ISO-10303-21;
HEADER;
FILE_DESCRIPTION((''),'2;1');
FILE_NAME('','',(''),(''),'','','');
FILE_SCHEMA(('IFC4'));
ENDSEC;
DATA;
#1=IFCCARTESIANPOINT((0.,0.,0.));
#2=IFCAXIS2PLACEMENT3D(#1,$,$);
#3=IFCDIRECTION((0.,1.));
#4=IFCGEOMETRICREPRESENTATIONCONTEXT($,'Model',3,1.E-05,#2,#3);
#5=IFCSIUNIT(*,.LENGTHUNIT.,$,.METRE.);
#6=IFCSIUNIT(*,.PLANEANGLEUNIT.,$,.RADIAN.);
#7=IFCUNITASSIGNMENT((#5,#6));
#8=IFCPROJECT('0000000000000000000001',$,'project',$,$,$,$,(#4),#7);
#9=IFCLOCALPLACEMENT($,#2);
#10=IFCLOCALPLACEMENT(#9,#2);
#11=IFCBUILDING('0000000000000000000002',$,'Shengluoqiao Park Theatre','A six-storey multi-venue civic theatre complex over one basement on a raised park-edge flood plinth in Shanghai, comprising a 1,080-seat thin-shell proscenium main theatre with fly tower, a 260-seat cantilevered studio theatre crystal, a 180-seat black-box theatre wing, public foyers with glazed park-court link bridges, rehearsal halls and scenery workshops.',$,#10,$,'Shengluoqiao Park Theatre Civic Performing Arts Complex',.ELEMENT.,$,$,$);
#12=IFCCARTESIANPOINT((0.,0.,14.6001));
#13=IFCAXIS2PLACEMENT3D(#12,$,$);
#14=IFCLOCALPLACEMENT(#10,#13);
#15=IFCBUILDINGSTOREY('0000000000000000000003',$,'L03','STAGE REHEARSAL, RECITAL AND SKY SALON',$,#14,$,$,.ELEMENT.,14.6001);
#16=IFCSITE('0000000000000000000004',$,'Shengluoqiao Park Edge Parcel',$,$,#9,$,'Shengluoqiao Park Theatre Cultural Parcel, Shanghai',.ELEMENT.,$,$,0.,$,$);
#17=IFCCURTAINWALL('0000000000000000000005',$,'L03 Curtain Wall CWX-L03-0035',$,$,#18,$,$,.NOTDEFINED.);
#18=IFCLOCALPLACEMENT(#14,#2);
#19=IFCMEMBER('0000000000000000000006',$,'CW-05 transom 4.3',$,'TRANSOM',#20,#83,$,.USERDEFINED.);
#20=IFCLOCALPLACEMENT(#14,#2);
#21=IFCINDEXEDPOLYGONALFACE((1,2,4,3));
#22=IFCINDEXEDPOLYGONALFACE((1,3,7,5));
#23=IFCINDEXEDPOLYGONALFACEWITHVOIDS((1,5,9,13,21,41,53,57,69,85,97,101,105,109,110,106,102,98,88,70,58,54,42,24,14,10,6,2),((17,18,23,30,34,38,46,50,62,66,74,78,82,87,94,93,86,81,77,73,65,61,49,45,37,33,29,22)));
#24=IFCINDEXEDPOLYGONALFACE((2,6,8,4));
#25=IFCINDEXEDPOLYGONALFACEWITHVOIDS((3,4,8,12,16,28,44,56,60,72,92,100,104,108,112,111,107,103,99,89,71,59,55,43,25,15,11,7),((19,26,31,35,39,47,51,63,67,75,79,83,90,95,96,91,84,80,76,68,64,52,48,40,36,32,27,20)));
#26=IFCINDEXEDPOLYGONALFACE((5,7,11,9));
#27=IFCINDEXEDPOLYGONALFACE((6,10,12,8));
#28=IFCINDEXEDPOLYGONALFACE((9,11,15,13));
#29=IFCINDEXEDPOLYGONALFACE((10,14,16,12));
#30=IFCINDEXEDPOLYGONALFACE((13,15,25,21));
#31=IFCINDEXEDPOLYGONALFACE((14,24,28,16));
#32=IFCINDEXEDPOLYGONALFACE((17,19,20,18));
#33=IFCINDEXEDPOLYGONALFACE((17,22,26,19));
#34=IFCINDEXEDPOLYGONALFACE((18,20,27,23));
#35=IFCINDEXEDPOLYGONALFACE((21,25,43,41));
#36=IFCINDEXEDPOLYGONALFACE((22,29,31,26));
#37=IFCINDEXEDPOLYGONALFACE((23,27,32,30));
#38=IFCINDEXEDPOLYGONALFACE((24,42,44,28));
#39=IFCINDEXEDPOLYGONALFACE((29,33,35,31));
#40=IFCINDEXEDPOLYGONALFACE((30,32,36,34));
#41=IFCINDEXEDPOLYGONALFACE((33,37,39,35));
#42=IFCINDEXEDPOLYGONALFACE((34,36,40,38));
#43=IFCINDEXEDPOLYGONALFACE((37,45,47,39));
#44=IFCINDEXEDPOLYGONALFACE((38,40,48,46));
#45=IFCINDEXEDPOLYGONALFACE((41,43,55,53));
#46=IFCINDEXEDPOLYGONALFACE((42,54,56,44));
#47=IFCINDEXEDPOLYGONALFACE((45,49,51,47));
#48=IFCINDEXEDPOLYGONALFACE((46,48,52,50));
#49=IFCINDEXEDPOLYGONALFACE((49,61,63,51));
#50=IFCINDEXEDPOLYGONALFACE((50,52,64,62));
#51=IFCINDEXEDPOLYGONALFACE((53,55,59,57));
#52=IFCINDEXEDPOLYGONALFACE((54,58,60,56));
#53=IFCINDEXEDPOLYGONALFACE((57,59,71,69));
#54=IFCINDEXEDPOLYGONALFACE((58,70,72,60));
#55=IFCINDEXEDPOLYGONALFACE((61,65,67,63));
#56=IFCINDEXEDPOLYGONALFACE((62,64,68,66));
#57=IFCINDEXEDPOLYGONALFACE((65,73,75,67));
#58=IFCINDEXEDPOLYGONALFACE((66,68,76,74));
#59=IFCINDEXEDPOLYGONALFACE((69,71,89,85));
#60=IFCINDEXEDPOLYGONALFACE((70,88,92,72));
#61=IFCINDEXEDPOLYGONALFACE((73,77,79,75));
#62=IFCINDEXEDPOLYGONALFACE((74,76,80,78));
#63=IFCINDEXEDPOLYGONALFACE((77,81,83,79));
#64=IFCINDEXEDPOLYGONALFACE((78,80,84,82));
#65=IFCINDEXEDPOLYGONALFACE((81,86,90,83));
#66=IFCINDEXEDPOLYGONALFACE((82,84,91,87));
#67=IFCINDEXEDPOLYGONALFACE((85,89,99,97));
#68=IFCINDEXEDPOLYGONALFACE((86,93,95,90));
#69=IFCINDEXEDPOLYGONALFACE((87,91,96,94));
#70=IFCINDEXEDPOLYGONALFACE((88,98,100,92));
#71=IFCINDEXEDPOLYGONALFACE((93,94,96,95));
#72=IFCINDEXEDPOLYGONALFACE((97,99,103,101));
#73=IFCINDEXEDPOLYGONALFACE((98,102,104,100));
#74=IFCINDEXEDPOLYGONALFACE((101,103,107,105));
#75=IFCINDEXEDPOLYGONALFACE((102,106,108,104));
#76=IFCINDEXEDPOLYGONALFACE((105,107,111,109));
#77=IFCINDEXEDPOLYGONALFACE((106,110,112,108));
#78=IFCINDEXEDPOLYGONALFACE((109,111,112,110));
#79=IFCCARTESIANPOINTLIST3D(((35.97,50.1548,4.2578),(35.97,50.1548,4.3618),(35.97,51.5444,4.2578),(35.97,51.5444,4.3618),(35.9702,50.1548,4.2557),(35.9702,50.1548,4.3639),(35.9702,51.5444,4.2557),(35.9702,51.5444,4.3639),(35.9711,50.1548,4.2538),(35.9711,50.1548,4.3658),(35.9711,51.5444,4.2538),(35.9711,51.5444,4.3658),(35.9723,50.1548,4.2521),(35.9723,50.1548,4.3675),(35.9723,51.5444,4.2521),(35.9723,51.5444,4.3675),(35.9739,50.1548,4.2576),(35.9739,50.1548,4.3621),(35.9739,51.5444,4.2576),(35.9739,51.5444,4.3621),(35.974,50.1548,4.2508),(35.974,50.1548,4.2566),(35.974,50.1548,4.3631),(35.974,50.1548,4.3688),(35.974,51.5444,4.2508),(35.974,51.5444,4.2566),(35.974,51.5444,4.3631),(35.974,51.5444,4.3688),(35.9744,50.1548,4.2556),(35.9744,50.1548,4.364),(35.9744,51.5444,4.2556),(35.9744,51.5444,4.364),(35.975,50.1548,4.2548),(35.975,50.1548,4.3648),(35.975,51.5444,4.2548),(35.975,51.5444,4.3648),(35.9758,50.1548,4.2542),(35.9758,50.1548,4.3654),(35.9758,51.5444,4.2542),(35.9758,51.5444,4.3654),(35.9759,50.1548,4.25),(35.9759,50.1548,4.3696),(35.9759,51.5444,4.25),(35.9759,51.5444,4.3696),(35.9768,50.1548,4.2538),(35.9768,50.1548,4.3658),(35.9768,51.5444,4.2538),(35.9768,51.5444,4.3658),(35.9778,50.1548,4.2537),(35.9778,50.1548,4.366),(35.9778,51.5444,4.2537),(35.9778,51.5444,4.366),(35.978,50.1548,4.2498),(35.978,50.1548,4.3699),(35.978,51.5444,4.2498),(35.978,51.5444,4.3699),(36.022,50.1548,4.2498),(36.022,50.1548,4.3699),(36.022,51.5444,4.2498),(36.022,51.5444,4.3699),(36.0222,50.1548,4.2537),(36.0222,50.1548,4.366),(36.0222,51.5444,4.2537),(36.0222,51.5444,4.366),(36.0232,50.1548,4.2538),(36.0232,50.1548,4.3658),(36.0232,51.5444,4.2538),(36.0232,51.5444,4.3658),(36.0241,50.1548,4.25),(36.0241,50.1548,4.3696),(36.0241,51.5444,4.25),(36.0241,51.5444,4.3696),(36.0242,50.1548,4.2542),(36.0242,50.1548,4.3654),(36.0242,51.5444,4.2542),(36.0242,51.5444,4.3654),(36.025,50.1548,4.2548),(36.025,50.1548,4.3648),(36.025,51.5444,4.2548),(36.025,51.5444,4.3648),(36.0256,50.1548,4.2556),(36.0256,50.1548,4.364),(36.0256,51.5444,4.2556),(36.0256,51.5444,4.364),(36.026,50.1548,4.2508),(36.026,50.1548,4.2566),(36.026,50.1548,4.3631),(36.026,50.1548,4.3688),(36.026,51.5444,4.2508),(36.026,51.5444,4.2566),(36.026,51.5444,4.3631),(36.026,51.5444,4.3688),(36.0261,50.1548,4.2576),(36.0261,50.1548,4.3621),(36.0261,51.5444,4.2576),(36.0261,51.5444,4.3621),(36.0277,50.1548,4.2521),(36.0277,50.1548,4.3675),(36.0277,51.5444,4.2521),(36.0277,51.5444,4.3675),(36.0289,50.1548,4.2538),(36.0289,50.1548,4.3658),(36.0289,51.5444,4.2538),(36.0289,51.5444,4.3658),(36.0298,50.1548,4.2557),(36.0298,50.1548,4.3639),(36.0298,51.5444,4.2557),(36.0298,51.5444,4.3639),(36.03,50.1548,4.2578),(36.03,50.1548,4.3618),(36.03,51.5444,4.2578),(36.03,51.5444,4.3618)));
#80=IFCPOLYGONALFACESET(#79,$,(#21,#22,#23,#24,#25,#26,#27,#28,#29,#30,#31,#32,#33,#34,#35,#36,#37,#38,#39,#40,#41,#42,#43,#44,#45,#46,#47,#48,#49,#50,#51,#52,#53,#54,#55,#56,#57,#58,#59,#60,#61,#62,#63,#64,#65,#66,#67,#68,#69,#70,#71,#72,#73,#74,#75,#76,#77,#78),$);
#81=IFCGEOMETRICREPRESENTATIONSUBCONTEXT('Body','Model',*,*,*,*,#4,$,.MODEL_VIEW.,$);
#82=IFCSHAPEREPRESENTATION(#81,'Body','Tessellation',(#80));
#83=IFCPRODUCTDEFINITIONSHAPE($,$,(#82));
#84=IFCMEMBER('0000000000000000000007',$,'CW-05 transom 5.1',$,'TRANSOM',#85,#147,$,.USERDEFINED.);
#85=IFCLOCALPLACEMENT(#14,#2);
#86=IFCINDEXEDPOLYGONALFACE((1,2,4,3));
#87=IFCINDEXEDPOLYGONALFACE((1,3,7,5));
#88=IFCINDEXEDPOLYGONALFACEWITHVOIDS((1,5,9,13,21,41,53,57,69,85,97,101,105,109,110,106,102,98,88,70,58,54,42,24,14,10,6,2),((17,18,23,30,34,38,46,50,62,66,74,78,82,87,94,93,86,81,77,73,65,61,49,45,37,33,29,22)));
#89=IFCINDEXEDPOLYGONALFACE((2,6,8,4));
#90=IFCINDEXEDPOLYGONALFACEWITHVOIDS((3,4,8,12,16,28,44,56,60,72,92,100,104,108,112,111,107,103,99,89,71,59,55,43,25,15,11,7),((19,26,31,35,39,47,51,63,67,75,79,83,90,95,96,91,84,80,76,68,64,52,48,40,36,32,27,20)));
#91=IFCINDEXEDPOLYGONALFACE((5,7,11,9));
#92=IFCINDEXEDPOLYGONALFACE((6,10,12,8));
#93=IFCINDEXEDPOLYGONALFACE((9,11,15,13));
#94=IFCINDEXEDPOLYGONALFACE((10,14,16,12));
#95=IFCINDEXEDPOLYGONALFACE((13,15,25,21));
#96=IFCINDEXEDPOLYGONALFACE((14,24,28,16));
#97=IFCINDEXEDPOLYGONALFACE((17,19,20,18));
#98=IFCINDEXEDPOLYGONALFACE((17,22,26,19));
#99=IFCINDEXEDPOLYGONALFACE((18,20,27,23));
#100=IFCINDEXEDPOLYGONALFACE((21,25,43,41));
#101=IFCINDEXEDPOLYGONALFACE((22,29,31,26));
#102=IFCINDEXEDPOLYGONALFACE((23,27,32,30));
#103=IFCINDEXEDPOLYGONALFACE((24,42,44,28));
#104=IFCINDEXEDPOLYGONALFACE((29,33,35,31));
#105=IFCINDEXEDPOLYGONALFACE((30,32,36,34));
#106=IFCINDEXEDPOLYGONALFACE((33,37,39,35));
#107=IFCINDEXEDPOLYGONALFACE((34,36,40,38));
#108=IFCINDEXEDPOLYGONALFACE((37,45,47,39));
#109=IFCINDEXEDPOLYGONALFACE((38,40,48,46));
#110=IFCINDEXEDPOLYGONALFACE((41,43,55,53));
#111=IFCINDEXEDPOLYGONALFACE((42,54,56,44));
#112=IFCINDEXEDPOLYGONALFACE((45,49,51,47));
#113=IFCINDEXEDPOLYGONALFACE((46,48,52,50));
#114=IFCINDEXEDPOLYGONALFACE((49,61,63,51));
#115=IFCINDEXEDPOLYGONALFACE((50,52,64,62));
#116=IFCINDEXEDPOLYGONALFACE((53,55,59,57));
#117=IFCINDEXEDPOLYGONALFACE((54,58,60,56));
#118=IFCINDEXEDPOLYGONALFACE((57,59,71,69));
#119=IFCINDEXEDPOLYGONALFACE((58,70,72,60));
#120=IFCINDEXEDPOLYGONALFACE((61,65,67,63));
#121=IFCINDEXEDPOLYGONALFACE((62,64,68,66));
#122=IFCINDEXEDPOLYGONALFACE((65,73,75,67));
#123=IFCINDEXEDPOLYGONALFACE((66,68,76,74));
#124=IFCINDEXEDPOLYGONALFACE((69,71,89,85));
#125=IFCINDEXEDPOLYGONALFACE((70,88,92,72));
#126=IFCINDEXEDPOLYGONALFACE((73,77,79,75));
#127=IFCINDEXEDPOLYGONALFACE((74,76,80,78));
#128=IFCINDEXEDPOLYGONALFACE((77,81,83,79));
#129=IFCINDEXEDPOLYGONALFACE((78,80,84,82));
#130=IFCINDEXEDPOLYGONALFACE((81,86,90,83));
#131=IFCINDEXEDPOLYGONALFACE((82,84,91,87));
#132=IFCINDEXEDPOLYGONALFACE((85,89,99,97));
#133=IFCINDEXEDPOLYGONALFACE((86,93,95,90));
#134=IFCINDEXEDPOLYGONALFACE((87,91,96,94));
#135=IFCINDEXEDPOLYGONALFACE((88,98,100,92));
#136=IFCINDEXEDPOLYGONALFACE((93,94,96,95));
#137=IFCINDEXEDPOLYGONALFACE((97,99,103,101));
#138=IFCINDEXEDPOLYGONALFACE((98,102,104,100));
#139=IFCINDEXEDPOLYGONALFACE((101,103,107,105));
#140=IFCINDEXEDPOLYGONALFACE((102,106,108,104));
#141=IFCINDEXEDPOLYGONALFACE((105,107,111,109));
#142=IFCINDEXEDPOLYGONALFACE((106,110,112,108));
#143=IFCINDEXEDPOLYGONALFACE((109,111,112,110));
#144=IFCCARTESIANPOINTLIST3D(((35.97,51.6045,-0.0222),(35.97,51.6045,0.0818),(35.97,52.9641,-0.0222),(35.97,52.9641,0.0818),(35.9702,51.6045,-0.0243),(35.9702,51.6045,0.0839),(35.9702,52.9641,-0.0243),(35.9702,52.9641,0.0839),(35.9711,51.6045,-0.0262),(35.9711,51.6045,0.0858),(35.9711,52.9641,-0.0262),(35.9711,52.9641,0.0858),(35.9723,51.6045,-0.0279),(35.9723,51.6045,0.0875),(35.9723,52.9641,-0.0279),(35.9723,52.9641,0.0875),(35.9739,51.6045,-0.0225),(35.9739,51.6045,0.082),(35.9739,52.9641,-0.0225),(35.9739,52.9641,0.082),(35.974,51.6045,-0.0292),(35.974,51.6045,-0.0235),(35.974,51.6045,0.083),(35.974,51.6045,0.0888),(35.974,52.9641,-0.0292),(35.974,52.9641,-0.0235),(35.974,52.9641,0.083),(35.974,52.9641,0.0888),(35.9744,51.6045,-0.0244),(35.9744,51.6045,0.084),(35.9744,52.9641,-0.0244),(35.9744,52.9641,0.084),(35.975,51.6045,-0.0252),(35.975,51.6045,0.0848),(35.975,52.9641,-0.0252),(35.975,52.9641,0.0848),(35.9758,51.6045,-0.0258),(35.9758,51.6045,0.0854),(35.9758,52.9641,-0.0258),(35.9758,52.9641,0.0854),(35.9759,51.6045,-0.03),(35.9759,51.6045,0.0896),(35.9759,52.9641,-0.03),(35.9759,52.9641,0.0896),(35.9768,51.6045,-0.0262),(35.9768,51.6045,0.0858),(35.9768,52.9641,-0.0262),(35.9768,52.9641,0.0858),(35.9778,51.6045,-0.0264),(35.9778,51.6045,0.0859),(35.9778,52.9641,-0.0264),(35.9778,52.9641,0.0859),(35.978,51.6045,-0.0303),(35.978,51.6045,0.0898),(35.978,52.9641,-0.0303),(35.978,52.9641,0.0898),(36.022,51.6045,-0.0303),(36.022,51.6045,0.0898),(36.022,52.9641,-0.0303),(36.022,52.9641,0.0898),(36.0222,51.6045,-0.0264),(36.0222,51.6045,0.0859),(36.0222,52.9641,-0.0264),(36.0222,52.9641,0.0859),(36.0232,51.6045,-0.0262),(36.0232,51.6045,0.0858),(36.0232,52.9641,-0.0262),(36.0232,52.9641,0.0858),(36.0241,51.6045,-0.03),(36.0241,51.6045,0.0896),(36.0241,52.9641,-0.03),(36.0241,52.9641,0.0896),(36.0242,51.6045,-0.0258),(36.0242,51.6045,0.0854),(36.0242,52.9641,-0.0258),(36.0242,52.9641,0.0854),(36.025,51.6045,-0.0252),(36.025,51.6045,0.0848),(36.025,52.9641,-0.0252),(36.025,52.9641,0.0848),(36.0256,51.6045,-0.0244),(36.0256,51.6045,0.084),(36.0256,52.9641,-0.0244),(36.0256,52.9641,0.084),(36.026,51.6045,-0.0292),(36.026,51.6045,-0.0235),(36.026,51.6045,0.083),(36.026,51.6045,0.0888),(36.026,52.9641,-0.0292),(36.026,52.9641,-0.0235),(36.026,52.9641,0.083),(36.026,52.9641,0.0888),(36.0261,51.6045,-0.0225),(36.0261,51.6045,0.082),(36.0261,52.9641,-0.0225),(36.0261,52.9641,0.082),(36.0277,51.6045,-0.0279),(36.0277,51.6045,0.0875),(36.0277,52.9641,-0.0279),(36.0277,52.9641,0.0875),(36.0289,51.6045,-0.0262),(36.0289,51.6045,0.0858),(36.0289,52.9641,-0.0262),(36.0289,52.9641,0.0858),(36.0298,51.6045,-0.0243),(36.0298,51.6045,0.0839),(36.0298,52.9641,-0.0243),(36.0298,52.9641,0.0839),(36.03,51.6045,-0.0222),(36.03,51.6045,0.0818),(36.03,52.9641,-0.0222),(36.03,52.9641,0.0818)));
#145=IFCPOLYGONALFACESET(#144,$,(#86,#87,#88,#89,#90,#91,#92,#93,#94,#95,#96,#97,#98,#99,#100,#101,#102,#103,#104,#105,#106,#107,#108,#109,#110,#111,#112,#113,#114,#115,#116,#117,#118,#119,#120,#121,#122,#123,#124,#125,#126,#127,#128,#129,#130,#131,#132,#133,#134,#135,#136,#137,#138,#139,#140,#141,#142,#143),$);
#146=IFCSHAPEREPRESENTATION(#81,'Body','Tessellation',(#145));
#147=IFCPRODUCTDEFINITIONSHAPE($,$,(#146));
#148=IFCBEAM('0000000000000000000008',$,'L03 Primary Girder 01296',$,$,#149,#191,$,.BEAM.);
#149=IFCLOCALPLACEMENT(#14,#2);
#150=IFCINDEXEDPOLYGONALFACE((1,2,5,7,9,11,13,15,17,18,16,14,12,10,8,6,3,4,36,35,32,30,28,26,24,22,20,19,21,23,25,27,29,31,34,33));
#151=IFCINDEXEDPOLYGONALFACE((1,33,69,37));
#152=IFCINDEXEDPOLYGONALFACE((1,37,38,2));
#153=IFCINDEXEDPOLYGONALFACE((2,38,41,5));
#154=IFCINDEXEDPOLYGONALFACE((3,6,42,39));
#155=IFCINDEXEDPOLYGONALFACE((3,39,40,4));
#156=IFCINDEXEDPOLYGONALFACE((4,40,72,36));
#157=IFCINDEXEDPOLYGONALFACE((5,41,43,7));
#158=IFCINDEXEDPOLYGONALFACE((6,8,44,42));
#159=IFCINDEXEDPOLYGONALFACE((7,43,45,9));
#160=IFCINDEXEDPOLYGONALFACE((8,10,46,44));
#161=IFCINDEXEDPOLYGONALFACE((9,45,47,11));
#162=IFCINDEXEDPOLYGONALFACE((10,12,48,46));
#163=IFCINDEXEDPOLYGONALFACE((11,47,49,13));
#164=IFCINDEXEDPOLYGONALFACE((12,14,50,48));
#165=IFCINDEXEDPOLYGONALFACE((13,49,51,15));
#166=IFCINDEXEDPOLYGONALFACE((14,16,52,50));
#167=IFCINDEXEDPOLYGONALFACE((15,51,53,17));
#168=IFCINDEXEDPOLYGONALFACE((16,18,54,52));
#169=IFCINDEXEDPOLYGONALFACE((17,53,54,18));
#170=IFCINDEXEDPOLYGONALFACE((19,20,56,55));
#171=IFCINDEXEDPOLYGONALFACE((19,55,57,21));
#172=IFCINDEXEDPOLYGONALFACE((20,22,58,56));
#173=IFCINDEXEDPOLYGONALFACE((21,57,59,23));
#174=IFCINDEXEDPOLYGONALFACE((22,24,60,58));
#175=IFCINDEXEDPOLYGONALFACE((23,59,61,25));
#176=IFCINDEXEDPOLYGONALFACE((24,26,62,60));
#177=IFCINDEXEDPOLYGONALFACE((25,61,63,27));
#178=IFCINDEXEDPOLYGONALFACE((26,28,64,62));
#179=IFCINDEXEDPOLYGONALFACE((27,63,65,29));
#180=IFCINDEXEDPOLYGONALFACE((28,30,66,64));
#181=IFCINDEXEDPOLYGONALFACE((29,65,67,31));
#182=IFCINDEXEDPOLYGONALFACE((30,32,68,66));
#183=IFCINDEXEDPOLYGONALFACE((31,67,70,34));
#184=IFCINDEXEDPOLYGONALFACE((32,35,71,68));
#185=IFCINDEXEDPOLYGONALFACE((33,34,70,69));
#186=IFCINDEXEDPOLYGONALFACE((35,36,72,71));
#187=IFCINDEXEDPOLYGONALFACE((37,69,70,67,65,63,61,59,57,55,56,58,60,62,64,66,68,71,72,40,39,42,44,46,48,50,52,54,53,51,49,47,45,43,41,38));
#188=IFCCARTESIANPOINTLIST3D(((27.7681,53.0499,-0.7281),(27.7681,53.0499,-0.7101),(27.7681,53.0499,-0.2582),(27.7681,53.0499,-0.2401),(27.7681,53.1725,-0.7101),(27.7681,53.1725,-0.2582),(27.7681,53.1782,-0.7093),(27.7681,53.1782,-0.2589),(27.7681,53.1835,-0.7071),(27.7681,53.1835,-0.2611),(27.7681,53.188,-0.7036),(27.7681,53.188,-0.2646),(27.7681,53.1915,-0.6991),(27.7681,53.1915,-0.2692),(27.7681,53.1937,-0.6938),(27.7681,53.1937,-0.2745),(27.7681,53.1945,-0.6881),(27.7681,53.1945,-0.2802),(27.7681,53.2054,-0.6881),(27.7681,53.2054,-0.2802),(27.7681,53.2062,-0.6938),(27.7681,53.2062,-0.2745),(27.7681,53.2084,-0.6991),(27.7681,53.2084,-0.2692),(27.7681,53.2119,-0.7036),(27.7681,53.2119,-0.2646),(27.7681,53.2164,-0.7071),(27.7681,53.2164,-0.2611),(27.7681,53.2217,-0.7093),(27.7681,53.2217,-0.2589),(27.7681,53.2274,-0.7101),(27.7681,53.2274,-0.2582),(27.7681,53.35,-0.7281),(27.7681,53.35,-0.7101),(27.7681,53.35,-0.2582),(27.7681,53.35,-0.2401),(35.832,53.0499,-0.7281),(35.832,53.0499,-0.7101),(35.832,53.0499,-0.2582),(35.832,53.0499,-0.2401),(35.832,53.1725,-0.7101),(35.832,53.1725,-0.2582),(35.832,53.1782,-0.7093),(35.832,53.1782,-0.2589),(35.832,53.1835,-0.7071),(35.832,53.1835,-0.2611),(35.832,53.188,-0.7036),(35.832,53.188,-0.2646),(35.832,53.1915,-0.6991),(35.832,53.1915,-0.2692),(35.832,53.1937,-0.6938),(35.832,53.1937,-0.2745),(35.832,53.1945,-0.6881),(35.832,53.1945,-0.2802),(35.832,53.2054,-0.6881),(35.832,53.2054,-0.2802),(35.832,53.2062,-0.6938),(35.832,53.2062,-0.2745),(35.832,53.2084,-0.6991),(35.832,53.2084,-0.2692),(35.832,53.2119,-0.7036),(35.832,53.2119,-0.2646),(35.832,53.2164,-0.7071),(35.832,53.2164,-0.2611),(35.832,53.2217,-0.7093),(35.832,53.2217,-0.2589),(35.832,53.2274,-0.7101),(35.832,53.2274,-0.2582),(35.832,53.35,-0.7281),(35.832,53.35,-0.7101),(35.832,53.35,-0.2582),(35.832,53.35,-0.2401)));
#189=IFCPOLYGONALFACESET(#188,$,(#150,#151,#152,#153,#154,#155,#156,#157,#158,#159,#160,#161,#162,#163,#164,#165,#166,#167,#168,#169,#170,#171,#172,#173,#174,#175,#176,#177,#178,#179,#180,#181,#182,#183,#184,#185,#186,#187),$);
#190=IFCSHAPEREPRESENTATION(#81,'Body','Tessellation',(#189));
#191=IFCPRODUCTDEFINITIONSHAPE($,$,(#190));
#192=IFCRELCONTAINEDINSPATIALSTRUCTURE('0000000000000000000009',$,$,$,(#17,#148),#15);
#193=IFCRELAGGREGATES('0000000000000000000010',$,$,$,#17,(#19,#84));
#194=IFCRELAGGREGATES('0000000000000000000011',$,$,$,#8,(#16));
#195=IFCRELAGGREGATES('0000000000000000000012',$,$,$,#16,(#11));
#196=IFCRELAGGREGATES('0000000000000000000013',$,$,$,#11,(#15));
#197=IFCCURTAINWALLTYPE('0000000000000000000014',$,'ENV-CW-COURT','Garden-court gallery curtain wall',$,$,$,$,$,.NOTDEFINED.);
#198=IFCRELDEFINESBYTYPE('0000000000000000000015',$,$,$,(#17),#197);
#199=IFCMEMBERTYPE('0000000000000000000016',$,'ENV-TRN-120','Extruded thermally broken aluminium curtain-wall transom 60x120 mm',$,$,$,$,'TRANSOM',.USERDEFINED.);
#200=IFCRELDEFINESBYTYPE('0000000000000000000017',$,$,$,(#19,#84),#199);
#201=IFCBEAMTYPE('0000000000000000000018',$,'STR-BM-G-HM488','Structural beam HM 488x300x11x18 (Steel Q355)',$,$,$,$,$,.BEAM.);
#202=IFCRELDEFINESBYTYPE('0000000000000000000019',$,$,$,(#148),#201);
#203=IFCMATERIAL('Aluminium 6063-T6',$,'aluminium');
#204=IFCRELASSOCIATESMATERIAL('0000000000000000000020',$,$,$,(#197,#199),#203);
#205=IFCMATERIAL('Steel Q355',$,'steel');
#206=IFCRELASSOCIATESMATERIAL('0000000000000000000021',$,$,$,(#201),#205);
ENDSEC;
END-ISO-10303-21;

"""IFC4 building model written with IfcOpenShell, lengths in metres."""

from ifc_helpers import new_model, si_unit, direction, frame, origin, origin_2d, place, context, subcontext, project, spatial, hollow_rectangle, i_section, extrude, material, material_profile, profile_set, type_object, element, aggregate, save


model = new_model("IFC4")

# Units and contexts
model_context = context("Model", 3, precision=1e-05, world=origin(), true_north=direction((0.0, 1.0)))
body_context = subcontext(model_context, "Body", "Model", "MODEL_VIEW")
ifc_project = project(units=[si_unit("LENGTHUNIT", "METRE"), si_unit("PLANEANGLEUNIT", "RADIAN")], contexts=[model_context])

# Site, building, storey
site_placement = place(None, origin())
site = spatial("IfcSite", under=ifc_project, at=site_placement, Name="Shengluoqiao Park Edge Parcel", LongName="Shengluoqiao Park Theatre Cultural Parcel, Shanghai", CompositionType="ELEMENT", RefElevation=0.0)
building_placement = place(site_placement, origin())
building = spatial("IfcBuilding", under=site, at=building_placement, Name="Shengluoqiao Park Theatre", Description="A six-storey multi-venue civic theatre complex over one basement on a raised park-edge flood plinth in Shanghai, comprising a 1,080-seat thin-shell proscenium main theatre with fly tower, a 260-seat cantilevered studio theatre crystal, a 180-seat black-box theatre wing, public foyers with glazed park-court link bridges, rehearsal halls and scenery workshops.", LongName="Shengluoqiao Park Theatre Civic Performing Arts Complex", CompositionType="ELEMENT")
storey_placement = place(building_placement, frame((0.0, 0.0, 14.6001)))
storey = spatial("IfcBuildingStorey", under=building, at=storey_placement, Name="L03", Description="STAGE REHEARSAL, RECITAL AND SKY SALON", CompositionType="ELEMENT", Elevation=14.6001)

# Curtain wall, members
ifc_material_1 = material(Name="Aluminium 6063-T6", Category="aluminium")
curtain_wall_type = type_object("IfcCurtainWallType", Name="ENV-CW-COURT", Description="Garden-court gallery curtain wall", PredefinedType="NOTDEFINED", material=ifc_material_1)
curtain_wall_placement = place(storey_placement, origin())
curtain_wall = element("IfcCurtainWall", 1, at=curtain_wall_placement, inside=storey, type_object=curtain_wall_type, Name="L03 Curtain Wall CWX-L03-0035", PredefinedType="NOTDEFINED")
ifc_material_profile_1 = material_profile(ifc_material_1, hollow_rectangle(XDim=0.0601, YDim=0.1201, WallThickness=0.0039, InnerFilletRadius=0.0039, OuterFilletRadius=0.0081, at=origin_2d()), Name="ALU TRANSOM 120x60x4")
ifc_profile_set_1 = profile_set([ifc_material_profile_1], Name="Aluminium 6063-T6")
member_type_1 = type_object("IfcMemberType", Name="ENV-TRN-120", Description="Extruded thermally broken aluminium curtain-wall transom 60x120 mm", ElementType="TRANSOM", PredefinedType="USERDEFINED", material=ifc_profile_set_1)
member_1_placement = place(storey_placement, frame((36.0, 50.1548, 4.3098), z_axis=(0.0, 1.0, 0.0), x_axis=(-1.0, 0.0, 0.0)))
member_1 = element("IfcMember", 2, at=member_1_placement, type_object=member_type_1, Name="CW-05 transom 4.3", ObjectType="TRANSOM", PredefinedType="USERDEFINED", context=body_context, shape_type="SweptSolid", body=[
    extrude(hollow_rectangle(XDim=0.0601, YDim=0.1201, WallThickness=0.0039, InnerFilletRadius=0.0039, OuterFilletRadius=0.0081, at=origin_2d()), origin(), (0.0, 0.0, 1.0), 1.3896),
])
member_2_placement = place(storey_placement, frame((36.0, 51.6045, 0.0298), z_axis=(0.0, 1.0, 0.0), x_axis=(-1.0, 0.0, 0.0)))
member_2 = element("IfcMember", 3, at=member_2_placement, type_object=member_type_1, Name="CW-05 transom 5.1", ObjectType="TRANSOM", PredefinedType="USERDEFINED", context=body_context, shape_type="SweptSolid", body=[
    extrude(hollow_rectangle(XDim=0.0601, YDim=0.1201, WallThickness=0.0039, InnerFilletRadius=0.0039, OuterFilletRadius=0.0081, at=origin_2d()), origin(), (0.0, 0.0, 1.0), 1.3596),
])

# Beam
ifc_material_2 = material(Name="Steel Q355", Category="steel")
ifc_material_profile_2 = material_profile(ifc_material_2, i_section(OverallWidth=0.3, OverallDepth=0.488, WebThickness=0.011, FlangeThickness=0.0181, FilletRadius=0.022, at=origin_2d()), Name="HM 488x300x11x18")
ifc_profile_set_2 = profile_set([ifc_material_profile_2], Name="Steel Q355")
beam_type = type_object("IfcBeamType", Name="STR-BM-G-HM488", Description="Structural beam HM 488x300x11x18 (Steel Q355)", PredefinedType="BEAM", material=ifc_profile_set_2)
beam_placement = place(storey_placement, frame((27.7681, 53.2, -0.4841), z_axis=(1.0, 0.0, 0.0), x_axis=(0.0, 1.0, 0.0)))
element("IfcBeam", 4, at=beam_placement, inside=storey, type_object=beam_type, Name="L03 Primary Girder 01296", PredefinedType="BEAM", context=body_context, shape_type="SweptSolid", body=[
    extrude(i_section(OverallWidth=0.3, OverallDepth=0.488, WebThickness=0.011, FlangeThickness=0.0181, FilletRadius=0.022, at=origin_2d()), origin(), (0.0, 0.0, 1.0), 8.064),
])

aggregate(curtain_wall, [member_1, member_2])

save(model, "model.ifc")
